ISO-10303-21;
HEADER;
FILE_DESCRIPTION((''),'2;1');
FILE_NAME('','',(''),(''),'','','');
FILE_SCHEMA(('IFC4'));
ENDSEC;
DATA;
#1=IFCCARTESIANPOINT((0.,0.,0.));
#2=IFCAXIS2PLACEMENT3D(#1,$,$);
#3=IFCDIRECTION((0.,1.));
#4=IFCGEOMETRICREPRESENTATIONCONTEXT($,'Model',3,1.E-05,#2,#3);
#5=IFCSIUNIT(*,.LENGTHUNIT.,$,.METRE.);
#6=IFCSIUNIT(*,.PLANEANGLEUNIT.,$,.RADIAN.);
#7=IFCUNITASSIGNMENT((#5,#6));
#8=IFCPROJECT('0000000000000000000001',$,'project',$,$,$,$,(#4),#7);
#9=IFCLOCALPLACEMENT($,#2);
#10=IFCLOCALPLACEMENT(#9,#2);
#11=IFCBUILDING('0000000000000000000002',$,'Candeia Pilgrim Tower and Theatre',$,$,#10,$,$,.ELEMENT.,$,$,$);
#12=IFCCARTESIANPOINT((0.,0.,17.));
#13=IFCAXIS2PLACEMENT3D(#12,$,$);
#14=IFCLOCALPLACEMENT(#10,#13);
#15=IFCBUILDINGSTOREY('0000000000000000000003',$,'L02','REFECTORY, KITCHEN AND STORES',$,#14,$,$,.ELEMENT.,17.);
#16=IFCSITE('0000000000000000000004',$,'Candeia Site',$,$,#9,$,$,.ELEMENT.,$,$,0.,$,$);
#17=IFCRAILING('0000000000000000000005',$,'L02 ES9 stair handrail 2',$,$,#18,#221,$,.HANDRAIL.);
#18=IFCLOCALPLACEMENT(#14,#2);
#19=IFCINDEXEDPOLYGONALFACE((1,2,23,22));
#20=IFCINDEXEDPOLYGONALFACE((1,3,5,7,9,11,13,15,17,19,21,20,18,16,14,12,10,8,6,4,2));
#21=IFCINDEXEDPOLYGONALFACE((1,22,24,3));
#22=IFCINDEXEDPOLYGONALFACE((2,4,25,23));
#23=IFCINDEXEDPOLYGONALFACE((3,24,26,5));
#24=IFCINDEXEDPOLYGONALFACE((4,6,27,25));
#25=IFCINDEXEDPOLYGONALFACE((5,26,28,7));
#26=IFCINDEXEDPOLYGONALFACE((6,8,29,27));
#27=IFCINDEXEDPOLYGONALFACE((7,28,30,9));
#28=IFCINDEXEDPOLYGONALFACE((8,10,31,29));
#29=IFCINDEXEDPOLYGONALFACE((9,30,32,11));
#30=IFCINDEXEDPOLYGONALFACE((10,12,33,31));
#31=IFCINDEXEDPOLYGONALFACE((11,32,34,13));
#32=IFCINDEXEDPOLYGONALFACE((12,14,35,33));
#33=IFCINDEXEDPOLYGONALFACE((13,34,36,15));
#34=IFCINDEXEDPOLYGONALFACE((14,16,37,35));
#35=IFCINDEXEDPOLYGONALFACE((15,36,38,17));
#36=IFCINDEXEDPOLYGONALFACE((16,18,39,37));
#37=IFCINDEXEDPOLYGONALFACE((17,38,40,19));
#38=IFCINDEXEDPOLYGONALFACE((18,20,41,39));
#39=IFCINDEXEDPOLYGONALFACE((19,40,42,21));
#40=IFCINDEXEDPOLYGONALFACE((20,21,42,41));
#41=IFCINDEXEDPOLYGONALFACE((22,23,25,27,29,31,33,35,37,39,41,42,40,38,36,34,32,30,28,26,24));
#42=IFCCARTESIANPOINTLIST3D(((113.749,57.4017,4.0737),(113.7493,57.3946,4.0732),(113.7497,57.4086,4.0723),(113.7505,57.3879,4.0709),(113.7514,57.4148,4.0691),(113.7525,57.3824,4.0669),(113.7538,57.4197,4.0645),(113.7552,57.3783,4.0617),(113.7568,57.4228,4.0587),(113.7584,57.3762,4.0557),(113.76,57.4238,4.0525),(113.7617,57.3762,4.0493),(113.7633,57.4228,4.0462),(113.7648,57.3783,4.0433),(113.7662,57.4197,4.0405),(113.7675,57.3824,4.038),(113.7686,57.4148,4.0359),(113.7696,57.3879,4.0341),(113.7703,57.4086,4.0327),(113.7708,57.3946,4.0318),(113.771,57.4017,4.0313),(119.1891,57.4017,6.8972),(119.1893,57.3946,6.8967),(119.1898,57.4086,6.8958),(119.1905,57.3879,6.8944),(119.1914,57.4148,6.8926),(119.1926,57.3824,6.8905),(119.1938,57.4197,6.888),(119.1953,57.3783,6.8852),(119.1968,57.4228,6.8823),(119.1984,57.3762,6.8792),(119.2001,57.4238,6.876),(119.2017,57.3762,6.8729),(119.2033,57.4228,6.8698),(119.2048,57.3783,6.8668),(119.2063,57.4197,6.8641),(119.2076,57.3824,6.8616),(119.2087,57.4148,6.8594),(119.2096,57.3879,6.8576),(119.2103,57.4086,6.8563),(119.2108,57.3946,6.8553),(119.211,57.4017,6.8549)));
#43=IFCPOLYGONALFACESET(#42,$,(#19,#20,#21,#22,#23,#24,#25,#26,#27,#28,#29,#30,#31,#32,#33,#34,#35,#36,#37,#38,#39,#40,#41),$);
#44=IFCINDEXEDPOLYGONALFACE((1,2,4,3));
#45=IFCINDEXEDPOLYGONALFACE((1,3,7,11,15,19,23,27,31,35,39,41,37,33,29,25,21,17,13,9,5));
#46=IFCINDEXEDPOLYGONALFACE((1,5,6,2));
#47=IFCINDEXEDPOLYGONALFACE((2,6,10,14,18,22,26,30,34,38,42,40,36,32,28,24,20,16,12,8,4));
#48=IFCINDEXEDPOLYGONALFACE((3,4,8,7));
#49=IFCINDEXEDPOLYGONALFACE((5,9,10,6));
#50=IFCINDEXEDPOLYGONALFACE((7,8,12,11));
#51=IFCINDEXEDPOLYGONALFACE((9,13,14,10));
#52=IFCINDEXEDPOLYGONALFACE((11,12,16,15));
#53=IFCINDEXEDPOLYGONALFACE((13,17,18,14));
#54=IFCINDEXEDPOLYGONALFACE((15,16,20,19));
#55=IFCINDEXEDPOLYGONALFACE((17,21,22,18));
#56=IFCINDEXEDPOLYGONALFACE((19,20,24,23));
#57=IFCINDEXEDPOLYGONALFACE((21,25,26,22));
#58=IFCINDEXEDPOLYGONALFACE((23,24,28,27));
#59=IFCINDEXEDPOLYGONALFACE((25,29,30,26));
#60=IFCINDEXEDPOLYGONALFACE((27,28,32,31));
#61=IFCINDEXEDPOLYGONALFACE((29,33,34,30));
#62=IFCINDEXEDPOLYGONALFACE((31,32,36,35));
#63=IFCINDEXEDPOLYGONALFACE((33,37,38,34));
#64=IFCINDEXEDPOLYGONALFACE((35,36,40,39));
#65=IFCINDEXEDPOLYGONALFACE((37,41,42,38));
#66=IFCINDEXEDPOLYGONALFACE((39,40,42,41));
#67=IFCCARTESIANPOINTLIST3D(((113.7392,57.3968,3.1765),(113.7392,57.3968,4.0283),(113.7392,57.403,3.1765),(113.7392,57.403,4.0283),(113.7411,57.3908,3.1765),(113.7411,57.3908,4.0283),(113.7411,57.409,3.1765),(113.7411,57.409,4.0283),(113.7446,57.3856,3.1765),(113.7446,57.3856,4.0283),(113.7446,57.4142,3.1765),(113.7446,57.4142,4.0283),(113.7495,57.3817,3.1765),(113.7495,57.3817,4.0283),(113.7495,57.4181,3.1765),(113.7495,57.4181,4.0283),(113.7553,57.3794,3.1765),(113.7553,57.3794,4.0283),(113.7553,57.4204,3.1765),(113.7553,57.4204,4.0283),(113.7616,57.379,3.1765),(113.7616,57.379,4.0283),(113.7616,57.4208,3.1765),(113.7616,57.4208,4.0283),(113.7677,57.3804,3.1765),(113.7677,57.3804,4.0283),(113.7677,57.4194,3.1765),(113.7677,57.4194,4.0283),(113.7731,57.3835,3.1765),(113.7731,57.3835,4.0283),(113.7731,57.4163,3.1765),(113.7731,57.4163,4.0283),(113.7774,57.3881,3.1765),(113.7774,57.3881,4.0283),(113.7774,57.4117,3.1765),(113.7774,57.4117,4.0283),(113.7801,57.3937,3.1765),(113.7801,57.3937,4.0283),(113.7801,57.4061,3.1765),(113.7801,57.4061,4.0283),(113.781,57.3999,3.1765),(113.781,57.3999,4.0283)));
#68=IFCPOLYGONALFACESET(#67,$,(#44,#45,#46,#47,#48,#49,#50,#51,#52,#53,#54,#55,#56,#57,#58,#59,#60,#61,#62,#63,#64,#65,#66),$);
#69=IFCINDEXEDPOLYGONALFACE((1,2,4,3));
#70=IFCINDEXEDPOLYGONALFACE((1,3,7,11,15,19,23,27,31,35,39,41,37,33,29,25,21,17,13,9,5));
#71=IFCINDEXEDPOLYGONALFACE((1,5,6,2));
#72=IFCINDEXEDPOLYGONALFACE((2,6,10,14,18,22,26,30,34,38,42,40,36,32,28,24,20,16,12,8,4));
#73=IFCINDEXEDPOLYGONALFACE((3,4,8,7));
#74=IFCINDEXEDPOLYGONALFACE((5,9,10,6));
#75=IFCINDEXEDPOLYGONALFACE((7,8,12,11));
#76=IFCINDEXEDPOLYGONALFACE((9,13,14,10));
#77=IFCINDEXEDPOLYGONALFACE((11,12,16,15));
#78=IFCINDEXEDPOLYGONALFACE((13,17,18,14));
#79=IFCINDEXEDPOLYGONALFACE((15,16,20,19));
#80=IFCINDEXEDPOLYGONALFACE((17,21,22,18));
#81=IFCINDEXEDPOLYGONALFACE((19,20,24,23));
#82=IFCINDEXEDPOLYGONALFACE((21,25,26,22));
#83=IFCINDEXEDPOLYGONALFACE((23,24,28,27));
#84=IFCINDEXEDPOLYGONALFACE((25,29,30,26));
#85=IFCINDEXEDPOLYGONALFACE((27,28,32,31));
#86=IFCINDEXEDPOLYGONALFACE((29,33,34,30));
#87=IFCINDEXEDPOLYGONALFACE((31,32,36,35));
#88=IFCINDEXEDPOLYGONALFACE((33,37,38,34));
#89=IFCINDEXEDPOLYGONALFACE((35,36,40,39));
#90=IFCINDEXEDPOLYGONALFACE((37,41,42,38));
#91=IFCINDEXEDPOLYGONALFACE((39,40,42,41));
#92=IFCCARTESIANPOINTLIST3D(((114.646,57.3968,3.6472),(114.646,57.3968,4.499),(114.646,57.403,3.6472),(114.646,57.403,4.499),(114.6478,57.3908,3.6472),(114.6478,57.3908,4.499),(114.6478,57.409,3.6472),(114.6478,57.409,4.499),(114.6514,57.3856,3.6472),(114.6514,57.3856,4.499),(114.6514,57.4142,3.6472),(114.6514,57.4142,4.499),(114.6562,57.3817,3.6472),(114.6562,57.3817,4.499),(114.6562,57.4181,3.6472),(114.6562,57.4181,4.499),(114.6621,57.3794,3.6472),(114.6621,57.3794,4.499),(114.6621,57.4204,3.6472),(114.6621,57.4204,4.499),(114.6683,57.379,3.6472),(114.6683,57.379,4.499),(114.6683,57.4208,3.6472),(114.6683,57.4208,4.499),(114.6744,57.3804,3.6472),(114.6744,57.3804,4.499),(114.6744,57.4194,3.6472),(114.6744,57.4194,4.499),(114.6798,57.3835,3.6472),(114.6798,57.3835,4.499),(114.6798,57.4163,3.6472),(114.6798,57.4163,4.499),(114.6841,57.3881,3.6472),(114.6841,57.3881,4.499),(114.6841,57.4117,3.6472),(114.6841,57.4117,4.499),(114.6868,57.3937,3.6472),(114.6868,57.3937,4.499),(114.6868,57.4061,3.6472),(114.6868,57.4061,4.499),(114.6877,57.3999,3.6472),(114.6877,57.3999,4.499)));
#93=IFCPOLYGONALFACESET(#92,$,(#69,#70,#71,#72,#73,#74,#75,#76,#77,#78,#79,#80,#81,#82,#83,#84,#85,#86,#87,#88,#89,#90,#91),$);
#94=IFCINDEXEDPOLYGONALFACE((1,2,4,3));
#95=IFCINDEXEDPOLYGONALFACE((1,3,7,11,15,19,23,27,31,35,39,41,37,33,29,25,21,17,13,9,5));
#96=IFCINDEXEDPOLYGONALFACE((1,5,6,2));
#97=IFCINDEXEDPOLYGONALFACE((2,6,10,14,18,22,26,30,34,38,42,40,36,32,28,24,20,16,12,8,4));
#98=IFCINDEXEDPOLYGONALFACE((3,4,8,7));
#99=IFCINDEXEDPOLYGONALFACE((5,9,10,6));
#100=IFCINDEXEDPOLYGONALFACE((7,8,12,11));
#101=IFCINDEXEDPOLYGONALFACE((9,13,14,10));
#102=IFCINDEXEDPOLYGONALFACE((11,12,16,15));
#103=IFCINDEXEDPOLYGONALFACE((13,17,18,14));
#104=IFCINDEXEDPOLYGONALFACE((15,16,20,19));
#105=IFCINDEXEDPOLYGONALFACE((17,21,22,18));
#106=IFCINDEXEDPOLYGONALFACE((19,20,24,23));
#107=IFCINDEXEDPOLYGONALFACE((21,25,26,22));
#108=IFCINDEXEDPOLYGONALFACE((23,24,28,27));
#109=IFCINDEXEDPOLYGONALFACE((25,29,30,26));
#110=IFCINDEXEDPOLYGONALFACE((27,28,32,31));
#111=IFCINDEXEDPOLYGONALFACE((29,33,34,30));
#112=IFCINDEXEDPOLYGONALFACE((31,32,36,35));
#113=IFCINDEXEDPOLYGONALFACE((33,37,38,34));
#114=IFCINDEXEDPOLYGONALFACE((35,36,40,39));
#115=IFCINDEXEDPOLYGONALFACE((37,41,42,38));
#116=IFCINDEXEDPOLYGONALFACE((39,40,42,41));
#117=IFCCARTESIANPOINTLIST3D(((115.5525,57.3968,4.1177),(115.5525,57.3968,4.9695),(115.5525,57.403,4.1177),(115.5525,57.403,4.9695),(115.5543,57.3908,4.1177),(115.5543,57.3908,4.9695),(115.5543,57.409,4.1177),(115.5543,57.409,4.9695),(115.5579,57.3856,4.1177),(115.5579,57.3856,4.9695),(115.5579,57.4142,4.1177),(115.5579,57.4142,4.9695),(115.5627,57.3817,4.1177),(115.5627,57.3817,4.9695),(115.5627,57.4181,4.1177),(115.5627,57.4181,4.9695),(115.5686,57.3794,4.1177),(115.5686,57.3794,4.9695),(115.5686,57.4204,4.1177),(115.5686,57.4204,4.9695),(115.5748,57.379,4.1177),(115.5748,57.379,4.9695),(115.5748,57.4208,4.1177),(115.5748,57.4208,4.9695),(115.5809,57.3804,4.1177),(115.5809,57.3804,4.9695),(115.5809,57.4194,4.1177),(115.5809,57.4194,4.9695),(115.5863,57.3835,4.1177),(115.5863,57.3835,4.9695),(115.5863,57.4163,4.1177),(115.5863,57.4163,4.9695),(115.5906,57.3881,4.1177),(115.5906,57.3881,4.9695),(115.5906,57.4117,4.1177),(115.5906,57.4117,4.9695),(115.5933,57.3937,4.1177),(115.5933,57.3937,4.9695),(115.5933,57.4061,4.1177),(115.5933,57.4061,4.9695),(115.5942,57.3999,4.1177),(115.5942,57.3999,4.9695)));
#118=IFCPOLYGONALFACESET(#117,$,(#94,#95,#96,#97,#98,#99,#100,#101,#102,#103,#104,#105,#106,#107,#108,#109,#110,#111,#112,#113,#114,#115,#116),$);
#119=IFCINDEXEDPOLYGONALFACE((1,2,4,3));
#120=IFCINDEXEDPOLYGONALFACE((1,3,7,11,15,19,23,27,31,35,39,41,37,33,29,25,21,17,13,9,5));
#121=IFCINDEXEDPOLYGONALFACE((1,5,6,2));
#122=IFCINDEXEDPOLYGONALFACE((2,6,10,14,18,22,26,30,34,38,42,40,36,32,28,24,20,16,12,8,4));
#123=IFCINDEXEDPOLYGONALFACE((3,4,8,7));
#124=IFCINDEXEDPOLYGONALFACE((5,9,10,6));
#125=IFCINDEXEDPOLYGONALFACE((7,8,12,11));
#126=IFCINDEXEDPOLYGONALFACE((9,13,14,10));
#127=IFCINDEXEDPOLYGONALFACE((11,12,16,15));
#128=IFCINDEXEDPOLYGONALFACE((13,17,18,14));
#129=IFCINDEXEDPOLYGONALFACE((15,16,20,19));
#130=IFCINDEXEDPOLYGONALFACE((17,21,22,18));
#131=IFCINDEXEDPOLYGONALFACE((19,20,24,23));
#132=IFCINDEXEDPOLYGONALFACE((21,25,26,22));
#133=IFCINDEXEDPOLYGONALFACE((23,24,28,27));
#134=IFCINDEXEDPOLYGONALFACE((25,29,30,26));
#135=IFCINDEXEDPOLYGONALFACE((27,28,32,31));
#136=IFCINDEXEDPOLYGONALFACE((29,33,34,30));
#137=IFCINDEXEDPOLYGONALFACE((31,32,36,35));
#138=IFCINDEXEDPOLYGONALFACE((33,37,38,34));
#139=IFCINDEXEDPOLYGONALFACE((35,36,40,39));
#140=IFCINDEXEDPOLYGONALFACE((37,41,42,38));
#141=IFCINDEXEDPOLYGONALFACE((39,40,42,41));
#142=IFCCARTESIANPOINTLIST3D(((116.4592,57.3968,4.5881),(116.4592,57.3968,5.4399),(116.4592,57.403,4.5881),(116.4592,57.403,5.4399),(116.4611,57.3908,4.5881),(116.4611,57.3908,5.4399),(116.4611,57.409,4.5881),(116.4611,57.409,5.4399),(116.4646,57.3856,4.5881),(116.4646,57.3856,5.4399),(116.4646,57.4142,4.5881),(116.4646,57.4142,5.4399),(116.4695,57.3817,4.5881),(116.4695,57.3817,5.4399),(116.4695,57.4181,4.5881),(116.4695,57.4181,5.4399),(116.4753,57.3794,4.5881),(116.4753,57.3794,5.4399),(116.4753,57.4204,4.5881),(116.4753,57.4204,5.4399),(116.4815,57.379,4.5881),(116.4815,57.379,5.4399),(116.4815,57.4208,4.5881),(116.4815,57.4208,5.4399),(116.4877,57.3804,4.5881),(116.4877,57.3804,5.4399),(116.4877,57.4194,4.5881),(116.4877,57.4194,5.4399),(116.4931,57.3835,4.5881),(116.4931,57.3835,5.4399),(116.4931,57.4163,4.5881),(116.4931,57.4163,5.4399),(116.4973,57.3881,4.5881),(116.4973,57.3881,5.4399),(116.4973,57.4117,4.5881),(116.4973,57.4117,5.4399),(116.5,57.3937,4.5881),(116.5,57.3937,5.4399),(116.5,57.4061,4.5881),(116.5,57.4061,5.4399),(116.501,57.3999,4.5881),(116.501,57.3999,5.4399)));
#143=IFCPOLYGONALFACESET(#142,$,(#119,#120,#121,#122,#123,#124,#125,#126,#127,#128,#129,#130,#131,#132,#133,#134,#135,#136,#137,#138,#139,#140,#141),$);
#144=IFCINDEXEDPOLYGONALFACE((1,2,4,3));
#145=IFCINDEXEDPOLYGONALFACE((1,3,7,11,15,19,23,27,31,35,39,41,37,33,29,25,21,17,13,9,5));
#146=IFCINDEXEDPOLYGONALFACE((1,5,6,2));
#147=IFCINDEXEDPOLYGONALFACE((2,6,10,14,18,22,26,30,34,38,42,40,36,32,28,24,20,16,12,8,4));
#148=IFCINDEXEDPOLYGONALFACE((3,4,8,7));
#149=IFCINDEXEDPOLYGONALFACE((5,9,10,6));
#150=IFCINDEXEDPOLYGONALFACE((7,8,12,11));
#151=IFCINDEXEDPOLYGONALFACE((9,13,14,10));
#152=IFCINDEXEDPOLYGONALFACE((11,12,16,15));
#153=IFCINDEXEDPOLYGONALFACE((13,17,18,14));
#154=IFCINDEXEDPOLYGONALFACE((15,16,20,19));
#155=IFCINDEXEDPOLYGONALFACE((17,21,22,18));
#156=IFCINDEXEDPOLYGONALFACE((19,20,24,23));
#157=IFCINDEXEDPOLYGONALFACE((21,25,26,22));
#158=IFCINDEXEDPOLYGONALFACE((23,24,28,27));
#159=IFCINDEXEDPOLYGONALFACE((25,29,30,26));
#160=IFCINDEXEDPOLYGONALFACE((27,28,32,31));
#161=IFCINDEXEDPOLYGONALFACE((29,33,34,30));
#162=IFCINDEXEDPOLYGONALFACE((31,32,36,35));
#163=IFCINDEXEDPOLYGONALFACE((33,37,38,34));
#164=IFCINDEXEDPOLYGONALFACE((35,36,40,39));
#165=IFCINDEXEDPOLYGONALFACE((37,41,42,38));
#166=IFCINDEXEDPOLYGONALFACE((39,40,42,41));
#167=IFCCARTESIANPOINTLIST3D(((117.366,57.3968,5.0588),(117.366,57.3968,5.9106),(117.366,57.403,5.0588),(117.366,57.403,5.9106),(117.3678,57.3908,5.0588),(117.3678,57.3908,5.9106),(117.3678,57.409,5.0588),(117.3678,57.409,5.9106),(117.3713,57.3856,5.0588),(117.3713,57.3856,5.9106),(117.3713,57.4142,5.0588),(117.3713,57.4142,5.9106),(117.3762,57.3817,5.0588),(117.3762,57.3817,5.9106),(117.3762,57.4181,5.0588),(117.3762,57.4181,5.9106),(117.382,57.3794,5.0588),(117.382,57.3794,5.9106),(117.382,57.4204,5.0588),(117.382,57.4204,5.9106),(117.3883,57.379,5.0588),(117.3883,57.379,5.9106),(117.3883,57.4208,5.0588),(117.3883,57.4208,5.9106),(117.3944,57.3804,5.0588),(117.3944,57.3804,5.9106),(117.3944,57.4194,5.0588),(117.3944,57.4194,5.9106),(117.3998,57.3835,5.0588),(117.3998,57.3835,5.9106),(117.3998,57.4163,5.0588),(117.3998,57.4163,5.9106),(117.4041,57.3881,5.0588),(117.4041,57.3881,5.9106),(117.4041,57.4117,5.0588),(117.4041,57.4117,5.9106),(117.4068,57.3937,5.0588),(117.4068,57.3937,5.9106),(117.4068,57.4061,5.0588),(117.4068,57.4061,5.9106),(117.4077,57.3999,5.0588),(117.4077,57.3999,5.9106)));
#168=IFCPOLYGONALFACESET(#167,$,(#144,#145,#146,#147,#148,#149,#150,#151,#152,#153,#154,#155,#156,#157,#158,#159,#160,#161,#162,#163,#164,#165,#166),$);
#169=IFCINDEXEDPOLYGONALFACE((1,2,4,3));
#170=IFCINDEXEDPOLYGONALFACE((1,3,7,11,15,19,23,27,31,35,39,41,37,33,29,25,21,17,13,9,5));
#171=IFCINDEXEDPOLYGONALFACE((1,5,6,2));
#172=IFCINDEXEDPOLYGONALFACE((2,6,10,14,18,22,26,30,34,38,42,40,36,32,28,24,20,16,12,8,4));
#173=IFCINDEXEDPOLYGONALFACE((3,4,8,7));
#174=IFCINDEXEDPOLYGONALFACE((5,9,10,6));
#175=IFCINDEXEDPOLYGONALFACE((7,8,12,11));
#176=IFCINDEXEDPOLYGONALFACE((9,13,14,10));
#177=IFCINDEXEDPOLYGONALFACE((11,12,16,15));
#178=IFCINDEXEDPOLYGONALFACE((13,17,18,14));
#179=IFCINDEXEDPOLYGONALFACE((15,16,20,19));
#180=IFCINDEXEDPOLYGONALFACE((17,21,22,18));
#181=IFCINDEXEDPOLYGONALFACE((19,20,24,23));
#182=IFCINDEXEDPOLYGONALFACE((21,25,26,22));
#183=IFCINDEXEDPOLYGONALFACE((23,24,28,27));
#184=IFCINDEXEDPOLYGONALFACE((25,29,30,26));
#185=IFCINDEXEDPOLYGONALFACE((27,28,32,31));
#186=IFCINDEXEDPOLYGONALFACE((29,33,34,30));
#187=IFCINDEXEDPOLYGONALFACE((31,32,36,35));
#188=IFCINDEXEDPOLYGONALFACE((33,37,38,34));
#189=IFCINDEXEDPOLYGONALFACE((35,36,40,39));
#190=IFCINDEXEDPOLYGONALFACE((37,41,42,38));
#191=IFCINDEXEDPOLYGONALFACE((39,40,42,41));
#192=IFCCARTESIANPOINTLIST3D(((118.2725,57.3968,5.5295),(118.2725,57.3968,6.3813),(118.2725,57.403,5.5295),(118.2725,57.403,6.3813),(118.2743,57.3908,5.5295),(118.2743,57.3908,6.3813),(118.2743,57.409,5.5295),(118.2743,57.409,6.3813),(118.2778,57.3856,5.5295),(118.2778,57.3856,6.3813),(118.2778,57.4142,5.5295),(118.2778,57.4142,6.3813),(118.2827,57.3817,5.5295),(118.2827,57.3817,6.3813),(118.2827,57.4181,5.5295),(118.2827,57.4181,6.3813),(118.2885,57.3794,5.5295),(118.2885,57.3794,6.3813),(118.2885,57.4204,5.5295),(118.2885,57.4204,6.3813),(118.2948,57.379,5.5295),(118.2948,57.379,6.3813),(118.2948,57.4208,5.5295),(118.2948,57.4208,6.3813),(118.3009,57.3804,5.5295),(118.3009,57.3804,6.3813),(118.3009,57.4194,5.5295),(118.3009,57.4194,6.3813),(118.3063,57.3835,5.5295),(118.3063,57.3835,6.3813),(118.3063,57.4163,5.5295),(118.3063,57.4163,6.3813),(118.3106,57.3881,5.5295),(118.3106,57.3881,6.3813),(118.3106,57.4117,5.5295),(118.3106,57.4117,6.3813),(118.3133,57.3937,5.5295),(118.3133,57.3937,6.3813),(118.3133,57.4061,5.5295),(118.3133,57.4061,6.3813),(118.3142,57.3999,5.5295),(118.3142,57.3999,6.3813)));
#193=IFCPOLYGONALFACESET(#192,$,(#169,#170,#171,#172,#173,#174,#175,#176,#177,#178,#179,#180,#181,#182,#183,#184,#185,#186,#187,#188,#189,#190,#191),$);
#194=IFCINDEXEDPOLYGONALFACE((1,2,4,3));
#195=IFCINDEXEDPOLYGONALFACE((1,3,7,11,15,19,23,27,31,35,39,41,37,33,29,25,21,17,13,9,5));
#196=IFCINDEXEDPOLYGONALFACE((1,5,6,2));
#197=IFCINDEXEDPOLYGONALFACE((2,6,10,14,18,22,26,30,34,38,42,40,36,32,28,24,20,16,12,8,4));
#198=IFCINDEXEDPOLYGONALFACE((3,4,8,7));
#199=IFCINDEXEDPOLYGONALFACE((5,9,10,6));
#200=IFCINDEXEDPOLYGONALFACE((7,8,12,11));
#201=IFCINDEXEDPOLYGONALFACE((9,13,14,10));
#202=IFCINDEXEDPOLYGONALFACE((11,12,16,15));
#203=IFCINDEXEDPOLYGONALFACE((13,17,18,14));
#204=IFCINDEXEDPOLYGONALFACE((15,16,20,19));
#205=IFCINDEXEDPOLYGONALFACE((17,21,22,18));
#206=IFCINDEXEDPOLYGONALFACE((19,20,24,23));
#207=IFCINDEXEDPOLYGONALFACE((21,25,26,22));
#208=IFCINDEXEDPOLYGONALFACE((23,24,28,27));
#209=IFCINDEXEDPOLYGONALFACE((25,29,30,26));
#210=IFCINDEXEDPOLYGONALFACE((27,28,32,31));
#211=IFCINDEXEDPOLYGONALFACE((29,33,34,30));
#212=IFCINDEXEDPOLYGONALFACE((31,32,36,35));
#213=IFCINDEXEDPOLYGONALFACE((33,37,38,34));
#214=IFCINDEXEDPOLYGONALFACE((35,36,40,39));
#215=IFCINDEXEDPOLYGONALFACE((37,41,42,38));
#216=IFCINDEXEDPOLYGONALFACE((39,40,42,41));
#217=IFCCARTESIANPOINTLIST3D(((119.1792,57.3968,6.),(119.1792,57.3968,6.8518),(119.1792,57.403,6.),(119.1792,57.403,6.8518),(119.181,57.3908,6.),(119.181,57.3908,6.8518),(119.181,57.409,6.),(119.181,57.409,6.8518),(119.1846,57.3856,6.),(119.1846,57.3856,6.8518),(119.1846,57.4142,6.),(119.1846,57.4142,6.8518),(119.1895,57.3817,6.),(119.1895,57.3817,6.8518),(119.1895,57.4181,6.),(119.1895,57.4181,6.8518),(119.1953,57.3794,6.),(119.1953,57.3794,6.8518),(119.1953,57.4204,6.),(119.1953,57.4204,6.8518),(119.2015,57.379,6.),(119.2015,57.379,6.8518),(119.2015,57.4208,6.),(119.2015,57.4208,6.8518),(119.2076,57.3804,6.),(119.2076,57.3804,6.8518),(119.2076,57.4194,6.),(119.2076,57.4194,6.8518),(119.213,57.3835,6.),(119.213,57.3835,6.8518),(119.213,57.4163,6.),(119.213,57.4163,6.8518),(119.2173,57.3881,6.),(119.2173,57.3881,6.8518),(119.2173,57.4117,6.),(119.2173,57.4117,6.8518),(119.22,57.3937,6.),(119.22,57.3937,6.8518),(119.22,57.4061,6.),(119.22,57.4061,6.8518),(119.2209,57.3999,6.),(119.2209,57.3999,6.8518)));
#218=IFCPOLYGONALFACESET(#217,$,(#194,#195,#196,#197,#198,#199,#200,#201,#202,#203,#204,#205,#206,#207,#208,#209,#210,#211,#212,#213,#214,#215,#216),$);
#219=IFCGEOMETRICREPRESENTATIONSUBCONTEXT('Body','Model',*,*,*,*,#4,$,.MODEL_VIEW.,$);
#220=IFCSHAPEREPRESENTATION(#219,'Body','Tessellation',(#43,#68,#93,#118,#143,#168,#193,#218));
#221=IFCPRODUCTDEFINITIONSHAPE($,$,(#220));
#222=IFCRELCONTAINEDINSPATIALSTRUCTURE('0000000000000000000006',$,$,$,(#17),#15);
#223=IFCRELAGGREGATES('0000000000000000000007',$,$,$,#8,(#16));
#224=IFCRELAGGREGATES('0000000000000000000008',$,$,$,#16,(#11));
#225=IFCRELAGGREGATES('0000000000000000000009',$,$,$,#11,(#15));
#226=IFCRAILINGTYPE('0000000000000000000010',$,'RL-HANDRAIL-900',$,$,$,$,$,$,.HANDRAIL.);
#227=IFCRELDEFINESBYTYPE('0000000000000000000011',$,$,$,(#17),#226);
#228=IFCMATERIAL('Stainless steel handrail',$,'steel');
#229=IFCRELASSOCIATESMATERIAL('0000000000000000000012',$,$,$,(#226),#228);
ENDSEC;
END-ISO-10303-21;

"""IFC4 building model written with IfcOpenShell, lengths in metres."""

from ifc_helpers import new_model, si_unit, direction, frame, origin, origin_2d, place, context, subcontext, project, spatial, circle, extrude, material, type_object, element, save


model = new_model("IFC4")

# Units and contexts
model_context = context("Model", 3, precision=1e-05, world=origin(), true_north=direction((0.0, 1.0)))
body_context = subcontext(model_context, "Body", "Model", "MODEL_VIEW")
ifc_project = project(units=[si_unit("LENGTHUNIT", "METRE"), si_unit("PLANEANGLEUNIT", "RADIAN")], contexts=[model_context])

# Site, building, storey
site_placement = place(None, origin())
site = spatial("IfcSite", under=ifc_project, at=site_placement, Name="Candeia Site", CompositionType="ELEMENT", RefElevation=0.0)
building_placement = place(site_placement, origin())
building = spatial("IfcBuilding", under=site, at=building_placement, Name="Candeia Pilgrim Tower and Theatre", CompositionType="ELEMENT")
storey_placement = place(building_placement, frame((0.0, 0.0, 17.0)))
storey = spatial("IfcBuildingStorey", under=building, at=storey_placement, Name="L02", Description="REFECTORY, KITCHEN AND STORES", CompositionType="ELEMENT", Elevation=17.0)

# Railing
ifc_material_1 = material(Name="Stainless steel handrail", Category="steel")
railing_type_1 = type_object("IfcRailingType", Name="RL-HANDRAIL-900", PredefinedType="HANDRAIL", material=ifc_material_1)
railing_1_placement = place(storey_placement, frame((113.76, 57.3999, 3.1765)))
element("IfcRailing", 1, at=railing_1_placement, inside=storey, type_object=railing_type_1, Name="L02 ES9 stair handrail 2", PredefinedType="HANDRAIL", context=body_context, shape_type="SweptSolid", body=[
    extrude(circle(Radius=0.0239, at=origin_2d()), frame((0.0, 0.0, 0.876), z_axis=(0.887569, 0.0, 0.460674), x_axis=(0.0, 1.0, 0.0)), (0.0, 0.0, 1.0), 6.1292),
    extrude(circle(Radius=0.021, at=origin_2d()), origin(), (0.0, 0.0, 1.0), 0.8518),
    extrude(circle(Radius=0.021, at=origin_2d()), frame((0.9067, 0.0, 0.4707)), (0.0, 0.0, 1.0), 0.8518),
    extrude(circle(Radius=0.021, at=origin_2d()), frame((1.8132, 0.0, 0.9412)), (0.0, 0.0, 1.0), 0.8518),
    extrude(circle(Radius=0.021, at=origin_2d()), frame((2.72, 0.0, 1.4116)), (0.0, 0.0, 1.0), 0.8518),
    extrude(circle(Radius=0.021, at=origin_2d()), frame((3.6267, 0.0, 1.8823)), (0.0, 0.0, 1.0), 0.8518),
    extrude(circle(Radius=0.021, at=origin_2d()), frame((4.5332, 0.0, 2.353)), (0.0, 0.0, 1.0), 0.8518),
    extrude(circle(Radius=0.021, at=origin_2d()), frame((5.4399, 0.0, 2.8235)), (0.0, 0.0, 1.0), 0.8518),
])

save(model, "model.ifc")
